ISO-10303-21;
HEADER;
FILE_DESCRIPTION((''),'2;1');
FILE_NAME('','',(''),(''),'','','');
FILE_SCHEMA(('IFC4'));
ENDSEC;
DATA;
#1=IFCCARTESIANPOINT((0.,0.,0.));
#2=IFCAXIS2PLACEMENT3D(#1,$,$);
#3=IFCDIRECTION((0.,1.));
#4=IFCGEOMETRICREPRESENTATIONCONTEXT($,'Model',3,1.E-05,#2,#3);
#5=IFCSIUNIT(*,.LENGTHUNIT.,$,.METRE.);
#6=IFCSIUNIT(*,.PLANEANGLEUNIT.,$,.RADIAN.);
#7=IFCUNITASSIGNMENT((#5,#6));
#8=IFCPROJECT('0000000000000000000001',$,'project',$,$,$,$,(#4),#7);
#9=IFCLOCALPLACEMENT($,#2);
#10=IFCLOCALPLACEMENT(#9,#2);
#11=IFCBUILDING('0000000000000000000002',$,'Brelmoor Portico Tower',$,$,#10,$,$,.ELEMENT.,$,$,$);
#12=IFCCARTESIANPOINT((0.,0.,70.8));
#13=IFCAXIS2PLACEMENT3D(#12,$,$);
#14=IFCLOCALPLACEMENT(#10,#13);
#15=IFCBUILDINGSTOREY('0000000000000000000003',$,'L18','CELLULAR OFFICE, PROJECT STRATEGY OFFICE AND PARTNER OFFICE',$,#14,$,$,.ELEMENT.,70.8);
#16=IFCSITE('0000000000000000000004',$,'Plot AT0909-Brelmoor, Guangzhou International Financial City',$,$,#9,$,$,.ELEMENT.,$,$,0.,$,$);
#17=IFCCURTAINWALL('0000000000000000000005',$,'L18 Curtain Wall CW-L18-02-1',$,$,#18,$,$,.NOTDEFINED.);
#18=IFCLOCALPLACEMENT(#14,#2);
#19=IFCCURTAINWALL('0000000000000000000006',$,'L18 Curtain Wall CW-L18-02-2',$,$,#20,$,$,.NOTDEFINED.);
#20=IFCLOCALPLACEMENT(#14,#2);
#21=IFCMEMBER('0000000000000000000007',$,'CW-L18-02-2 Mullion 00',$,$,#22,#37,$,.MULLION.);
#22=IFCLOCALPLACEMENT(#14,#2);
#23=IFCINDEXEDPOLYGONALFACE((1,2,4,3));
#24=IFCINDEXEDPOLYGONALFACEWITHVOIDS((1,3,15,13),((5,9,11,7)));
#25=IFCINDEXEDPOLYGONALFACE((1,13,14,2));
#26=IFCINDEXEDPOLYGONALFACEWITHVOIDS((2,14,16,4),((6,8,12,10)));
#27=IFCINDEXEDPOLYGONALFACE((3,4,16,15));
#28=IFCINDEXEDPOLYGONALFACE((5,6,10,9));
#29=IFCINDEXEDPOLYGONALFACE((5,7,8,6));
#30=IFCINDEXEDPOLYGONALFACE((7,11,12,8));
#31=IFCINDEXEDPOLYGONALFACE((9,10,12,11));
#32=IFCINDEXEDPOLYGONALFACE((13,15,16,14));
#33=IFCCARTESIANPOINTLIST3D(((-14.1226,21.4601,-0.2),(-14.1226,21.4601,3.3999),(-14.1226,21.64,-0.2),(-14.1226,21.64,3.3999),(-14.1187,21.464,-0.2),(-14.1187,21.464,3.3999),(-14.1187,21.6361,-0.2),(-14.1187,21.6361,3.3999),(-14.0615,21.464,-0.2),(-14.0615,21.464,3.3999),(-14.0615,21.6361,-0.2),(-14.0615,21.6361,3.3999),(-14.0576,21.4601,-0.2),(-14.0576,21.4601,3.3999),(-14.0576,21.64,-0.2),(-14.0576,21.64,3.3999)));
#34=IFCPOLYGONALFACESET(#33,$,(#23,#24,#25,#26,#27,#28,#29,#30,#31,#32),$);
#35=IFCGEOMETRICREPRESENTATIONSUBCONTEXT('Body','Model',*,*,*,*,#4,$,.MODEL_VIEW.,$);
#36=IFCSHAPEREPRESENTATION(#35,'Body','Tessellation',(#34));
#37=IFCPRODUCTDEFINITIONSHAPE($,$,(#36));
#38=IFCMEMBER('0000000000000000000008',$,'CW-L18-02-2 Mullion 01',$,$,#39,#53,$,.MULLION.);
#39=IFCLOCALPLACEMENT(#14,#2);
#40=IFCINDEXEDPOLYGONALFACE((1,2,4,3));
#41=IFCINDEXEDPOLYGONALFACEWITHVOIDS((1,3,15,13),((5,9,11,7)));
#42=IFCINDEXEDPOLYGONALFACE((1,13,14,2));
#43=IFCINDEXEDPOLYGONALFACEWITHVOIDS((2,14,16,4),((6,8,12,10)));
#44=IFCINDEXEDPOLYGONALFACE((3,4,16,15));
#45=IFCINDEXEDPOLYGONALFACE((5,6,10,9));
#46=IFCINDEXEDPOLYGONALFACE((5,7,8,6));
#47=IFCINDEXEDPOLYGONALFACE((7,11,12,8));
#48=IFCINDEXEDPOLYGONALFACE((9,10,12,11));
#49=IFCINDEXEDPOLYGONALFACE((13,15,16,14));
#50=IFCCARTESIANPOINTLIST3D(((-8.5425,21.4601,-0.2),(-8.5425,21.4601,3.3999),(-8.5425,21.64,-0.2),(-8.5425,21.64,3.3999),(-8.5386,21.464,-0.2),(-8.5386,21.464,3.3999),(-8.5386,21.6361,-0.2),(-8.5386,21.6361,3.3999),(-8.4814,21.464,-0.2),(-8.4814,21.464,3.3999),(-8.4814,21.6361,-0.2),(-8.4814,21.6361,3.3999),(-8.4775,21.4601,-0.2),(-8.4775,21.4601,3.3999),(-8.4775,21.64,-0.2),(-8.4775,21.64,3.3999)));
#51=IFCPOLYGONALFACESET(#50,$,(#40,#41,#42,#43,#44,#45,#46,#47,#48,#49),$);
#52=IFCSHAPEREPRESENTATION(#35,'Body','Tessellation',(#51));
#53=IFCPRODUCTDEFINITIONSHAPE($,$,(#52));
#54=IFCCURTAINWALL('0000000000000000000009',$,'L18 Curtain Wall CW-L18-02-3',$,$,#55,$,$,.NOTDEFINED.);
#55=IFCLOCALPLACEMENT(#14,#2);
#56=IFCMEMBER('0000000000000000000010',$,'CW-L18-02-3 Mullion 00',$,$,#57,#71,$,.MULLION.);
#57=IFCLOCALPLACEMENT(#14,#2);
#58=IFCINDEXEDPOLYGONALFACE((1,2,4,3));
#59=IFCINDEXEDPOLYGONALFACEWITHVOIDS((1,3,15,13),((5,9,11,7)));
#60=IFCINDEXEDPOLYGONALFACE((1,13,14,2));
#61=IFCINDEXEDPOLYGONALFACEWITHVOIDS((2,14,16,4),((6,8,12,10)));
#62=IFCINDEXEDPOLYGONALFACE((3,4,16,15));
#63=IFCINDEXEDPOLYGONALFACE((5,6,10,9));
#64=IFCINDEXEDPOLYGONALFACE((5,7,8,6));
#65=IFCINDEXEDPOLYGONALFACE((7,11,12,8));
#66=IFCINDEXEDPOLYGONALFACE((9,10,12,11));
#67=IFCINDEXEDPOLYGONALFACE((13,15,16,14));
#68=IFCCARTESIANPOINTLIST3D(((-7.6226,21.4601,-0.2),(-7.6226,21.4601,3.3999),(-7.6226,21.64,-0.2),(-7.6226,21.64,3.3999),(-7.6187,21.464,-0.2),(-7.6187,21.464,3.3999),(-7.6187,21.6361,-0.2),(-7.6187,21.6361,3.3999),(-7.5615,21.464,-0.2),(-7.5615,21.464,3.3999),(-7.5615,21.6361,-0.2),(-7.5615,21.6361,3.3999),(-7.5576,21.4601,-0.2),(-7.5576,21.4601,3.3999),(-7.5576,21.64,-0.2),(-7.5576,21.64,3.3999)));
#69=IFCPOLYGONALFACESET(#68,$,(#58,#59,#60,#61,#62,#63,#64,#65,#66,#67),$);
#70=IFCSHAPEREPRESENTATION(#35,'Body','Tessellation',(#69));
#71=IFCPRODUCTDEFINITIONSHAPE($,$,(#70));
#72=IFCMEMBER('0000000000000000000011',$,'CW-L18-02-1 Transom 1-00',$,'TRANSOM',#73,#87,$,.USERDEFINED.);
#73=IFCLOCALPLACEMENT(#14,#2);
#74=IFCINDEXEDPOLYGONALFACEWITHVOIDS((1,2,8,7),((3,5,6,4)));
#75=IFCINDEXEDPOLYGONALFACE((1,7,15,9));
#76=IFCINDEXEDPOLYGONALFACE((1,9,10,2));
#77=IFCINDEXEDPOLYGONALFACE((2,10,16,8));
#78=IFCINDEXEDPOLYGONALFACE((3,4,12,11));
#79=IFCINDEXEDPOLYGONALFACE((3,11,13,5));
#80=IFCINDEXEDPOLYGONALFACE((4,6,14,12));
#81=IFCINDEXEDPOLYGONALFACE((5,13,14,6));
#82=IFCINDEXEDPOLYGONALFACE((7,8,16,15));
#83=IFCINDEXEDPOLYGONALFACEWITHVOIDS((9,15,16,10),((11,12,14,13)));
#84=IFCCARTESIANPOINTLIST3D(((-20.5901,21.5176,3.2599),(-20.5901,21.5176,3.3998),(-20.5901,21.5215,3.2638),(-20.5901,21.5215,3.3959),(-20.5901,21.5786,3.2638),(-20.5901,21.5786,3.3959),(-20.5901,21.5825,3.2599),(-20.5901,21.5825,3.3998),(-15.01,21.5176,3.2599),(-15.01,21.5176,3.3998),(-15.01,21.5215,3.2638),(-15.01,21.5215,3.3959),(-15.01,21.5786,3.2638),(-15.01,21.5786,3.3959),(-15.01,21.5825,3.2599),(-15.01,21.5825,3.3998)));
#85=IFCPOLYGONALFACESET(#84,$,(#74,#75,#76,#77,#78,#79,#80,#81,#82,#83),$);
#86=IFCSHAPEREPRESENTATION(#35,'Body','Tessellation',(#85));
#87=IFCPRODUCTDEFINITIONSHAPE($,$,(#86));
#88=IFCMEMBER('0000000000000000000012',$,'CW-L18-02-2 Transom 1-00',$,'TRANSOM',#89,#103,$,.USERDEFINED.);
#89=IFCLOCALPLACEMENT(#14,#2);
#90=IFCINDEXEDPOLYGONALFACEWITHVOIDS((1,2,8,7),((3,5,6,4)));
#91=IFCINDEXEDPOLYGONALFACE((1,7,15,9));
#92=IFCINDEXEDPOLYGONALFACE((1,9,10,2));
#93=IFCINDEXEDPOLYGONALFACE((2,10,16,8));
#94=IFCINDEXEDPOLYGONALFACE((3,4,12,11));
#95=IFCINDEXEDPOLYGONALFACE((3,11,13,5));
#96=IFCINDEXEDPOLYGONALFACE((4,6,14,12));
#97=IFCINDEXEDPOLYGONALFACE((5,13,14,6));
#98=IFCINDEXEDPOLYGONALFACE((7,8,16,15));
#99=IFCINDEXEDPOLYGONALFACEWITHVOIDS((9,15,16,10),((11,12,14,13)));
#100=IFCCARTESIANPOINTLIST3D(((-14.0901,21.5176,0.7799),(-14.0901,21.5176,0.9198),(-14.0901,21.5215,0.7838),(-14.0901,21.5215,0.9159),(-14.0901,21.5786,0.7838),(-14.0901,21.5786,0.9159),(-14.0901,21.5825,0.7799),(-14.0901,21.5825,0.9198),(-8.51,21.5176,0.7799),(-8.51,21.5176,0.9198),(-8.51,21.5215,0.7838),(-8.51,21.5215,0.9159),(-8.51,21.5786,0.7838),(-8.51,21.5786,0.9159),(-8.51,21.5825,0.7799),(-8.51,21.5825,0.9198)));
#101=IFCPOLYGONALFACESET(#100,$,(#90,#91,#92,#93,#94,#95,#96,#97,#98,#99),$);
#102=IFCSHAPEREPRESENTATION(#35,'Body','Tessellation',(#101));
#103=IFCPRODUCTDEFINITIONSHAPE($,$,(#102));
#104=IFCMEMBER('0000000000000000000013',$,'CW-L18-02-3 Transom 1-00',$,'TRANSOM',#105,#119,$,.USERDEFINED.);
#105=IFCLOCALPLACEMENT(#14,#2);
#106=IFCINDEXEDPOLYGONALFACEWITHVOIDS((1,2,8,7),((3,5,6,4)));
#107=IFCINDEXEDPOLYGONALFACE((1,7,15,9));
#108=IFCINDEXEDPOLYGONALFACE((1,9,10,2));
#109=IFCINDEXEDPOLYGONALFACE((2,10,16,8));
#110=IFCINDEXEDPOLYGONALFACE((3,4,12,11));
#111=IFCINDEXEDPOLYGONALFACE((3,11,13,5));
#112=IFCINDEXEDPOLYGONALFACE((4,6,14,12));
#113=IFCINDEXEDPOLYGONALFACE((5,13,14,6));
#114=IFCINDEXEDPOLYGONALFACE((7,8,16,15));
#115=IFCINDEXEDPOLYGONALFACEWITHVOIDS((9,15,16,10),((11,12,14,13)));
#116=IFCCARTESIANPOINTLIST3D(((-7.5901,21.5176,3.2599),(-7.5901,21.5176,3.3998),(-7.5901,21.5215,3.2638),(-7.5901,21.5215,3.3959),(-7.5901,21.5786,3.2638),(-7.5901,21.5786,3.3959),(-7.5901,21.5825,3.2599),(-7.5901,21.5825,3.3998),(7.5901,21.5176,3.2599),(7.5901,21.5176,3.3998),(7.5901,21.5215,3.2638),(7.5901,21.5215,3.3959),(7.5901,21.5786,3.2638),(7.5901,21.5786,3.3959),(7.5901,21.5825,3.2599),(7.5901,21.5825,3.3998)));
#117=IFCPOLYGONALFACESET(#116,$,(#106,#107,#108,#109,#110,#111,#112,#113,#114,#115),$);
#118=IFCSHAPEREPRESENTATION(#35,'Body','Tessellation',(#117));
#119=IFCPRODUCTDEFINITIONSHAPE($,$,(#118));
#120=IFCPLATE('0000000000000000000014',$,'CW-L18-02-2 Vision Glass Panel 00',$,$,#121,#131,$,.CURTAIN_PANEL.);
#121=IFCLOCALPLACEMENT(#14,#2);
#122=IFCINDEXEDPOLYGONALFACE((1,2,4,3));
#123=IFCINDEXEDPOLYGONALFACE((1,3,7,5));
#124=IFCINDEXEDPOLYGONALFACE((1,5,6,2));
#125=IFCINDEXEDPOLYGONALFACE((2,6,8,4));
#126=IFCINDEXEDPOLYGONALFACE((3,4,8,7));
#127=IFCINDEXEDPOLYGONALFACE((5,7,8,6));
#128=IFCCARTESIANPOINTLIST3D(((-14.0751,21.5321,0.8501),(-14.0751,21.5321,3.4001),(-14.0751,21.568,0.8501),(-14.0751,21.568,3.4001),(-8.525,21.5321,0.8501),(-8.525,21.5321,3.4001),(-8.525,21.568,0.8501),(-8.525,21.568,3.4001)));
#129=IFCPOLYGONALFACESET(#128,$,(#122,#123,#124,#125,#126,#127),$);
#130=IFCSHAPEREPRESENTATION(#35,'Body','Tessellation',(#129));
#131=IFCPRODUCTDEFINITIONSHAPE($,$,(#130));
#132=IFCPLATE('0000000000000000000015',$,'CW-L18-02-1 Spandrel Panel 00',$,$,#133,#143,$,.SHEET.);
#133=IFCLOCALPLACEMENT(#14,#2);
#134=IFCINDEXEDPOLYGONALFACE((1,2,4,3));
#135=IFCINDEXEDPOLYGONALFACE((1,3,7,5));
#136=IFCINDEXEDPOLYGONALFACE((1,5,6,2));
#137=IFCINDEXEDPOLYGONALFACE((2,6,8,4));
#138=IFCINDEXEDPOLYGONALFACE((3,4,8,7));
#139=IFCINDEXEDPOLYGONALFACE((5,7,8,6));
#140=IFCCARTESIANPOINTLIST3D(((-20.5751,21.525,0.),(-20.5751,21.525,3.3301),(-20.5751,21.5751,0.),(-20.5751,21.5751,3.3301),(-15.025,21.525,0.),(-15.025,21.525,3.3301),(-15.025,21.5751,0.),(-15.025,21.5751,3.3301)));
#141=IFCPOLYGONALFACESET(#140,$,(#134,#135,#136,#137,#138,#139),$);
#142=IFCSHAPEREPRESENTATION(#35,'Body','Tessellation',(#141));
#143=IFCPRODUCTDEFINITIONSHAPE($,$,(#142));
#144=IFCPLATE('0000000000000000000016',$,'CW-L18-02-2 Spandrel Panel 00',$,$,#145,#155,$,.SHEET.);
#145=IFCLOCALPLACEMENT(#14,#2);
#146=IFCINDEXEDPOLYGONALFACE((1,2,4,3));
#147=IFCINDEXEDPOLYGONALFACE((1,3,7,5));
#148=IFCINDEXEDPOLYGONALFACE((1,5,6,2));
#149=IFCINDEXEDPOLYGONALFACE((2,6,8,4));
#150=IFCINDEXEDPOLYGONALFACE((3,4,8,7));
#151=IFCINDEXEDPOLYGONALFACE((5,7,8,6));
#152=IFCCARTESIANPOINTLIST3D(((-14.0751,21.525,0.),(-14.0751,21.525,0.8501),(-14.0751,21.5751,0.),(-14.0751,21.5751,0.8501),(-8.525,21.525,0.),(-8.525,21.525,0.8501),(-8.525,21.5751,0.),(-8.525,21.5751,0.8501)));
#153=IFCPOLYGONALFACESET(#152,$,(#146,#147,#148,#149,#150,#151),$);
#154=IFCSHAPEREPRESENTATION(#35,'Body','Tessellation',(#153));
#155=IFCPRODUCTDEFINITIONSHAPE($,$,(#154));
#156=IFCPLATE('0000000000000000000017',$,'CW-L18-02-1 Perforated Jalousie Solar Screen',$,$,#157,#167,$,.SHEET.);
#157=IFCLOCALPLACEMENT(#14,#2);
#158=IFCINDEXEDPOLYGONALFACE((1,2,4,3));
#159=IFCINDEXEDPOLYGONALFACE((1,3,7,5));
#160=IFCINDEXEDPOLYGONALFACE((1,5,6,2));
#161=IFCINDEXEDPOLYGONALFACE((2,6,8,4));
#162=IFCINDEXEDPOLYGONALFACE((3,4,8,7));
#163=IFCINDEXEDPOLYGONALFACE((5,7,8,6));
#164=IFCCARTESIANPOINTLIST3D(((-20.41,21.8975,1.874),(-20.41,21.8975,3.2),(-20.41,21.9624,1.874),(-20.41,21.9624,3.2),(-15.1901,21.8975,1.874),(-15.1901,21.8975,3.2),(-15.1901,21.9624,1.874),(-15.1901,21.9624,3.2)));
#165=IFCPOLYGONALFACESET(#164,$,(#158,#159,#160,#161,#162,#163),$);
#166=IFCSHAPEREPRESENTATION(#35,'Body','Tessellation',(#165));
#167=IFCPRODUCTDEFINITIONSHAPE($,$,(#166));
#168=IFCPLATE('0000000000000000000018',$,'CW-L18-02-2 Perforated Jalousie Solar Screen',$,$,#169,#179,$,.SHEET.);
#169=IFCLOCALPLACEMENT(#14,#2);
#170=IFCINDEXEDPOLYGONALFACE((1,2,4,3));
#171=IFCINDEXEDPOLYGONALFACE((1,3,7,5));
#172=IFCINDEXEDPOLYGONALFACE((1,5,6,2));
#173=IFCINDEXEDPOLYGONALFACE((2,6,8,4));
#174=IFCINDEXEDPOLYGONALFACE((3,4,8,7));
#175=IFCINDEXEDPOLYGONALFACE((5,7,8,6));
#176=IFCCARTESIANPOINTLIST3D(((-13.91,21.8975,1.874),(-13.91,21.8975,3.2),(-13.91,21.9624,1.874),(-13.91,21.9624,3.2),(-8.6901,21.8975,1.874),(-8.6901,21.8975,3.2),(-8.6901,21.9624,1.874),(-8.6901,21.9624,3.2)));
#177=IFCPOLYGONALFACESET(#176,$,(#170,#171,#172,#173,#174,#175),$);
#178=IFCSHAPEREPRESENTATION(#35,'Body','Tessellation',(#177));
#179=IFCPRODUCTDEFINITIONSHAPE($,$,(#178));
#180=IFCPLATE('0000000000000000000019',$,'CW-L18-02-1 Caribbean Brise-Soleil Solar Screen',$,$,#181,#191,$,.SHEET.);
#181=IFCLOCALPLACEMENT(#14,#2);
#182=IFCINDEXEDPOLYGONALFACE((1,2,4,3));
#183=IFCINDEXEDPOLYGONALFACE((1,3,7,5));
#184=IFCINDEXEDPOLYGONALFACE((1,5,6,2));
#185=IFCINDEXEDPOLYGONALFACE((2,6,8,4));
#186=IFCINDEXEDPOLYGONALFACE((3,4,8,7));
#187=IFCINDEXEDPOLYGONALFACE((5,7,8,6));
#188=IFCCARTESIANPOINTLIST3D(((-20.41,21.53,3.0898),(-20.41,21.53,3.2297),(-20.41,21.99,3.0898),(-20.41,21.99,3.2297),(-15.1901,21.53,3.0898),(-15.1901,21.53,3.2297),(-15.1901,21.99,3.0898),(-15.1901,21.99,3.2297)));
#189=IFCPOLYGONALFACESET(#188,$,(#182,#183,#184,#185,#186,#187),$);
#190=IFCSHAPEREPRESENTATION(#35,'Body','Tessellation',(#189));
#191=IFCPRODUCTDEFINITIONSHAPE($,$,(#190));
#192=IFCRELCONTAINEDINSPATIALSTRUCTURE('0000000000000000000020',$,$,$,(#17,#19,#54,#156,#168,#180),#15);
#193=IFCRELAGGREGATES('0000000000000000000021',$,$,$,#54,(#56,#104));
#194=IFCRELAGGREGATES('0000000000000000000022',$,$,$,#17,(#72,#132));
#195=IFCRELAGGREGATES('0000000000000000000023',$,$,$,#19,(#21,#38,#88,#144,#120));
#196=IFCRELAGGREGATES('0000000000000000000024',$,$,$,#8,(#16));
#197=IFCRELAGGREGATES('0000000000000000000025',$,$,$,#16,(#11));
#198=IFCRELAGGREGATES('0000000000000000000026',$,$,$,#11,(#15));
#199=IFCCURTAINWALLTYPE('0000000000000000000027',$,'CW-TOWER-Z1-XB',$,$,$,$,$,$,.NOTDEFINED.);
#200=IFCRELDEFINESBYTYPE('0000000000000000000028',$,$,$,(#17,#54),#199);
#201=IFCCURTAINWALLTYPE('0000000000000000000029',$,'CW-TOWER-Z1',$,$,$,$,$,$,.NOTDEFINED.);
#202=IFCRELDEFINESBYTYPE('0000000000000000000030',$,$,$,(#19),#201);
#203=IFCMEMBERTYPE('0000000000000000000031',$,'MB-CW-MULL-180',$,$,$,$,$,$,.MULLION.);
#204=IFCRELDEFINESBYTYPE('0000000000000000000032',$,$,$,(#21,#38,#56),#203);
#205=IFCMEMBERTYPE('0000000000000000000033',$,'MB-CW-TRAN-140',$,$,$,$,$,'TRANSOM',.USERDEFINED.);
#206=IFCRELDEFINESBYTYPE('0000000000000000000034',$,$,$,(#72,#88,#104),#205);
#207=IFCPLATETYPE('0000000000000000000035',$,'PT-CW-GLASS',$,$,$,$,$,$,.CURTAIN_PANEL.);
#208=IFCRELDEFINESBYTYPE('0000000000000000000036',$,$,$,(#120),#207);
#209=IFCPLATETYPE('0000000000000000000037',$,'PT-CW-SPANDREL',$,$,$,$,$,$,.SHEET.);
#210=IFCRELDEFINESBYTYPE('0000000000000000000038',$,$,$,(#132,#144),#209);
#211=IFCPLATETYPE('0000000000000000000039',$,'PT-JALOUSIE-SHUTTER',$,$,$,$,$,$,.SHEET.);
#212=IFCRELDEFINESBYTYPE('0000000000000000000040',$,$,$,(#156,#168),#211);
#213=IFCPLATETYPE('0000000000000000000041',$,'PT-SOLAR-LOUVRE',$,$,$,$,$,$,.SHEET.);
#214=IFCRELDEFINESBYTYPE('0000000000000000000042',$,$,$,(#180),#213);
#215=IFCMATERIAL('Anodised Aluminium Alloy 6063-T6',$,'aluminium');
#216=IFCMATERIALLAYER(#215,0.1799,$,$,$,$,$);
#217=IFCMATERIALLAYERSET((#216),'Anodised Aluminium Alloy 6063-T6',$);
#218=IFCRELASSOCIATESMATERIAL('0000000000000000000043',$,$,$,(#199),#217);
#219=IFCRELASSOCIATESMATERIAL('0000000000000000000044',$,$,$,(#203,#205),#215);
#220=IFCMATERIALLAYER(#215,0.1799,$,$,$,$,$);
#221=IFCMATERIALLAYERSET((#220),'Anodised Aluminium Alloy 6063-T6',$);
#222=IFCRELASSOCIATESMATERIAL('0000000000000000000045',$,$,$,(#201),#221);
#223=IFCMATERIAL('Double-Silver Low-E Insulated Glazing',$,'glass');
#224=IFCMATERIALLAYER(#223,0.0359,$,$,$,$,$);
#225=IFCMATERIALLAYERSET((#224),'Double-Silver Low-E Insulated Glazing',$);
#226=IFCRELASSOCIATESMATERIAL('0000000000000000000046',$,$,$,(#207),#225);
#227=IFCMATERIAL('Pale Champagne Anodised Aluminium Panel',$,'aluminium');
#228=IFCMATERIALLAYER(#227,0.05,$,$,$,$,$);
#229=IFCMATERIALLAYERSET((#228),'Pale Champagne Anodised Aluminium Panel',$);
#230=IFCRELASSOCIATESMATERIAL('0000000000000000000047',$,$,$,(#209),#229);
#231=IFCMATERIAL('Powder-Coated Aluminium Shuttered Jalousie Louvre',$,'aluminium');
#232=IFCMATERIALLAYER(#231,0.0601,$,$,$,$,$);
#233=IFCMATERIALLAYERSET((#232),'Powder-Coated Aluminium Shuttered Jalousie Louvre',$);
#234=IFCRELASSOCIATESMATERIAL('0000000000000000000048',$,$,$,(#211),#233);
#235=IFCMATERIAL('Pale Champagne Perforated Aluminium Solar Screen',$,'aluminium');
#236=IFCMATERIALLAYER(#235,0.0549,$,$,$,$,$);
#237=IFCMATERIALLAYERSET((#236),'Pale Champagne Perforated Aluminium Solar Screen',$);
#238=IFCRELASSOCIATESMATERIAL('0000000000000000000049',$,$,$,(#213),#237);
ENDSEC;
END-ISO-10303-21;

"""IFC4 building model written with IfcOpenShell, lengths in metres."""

from ifc_helpers import new_model, si_unit, direction, frame, origin, origin_2d, place, context, subcontext, project, spatial, rectangle, hollow_rectangle, extrude, material, layer, layer_set, material_profile, profile_set, type_object, element, aggregate, save


model = new_model("IFC4")

# Units and contexts
model_context = context("Model", 3, precision=1e-05, world=origin(), true_north=direction((0.0, 1.0)))
body_context = subcontext(model_context, "Body", "Model", "MODEL_VIEW")
ifc_project = project(units=[si_unit("LENGTHUNIT", "METRE"), si_unit("PLANEANGLEUNIT", "RADIAN")], contexts=[model_context])

# Site, building, storey
site_placement = place(None, origin())
site = spatial("IfcSite", under=ifc_project, at=site_placement, Name="Plot AT0909-Brelmoor, Guangzhou International Financial City", CompositionType="ELEMENT", RefElevation=0.0)
building_placement = place(site_placement, origin())
building = spatial("IfcBuilding", under=site, at=building_placement, Name="Brelmoor Portico Tower", CompositionType="ELEMENT")
storey_placement = place(building_placement, frame((0.0, 0.0, 70.8)))
storey = spatial("IfcBuildingStorey", under=building, at=storey_placement, Name="L18", Description="CELLULAR OFFICE, PROJECT STRATEGY OFFICE AND PARTNER OFFICE", CompositionType="ELEMENT", Elevation=70.8)

# Curtain wall
ifc_material_1 = material(Name="Anodised Aluminium Alloy 6063-T6", Category="aluminium")
ifc_layer_1 = layer(ifc_material_1, 0.1799)
ifc_layer_set_1 = layer_set([ifc_layer_1], Name="Anodised Aluminium Alloy 6063-T6")
curtain_wall_type_1 = type_object("IfcCurtainWallType", Name="CW-TOWER-Z1-XB", PredefinedType="NOTDEFINED", material=ifc_layer_set_1)
curtain_wall_1_placement = place(storey_placement, origin())
curtain_wall_1 = element("IfcCurtainWall", 1, at=curtain_wall_1_placement, inside=storey, type_object=curtain_wall_type_1, Name="L18 Curtain Wall CW-L18-02-1", PredefinedType="NOTDEFINED")
ifc_material_profile_1 = material_profile(ifc_material_1, hollow_rectangle(XDim=0.0649, YDim=0.1799, WallThickness=0.0039, at=origin_2d()), Name="ALU MULLION 65x180")
ifc_profile_set_1 = profile_set([ifc_material_profile_1], Name="Anodised Aluminium Alloy 6063-T6")
member_type_1 = type_object("IfcMemberType", Name="MB-CW-MULL-180", PredefinedType="MULLION", material=ifc_profile_set_1)

# Curtain wall, members
ifc_layer_2 = layer(ifc_material_1, 0.1799)
ifc_layer_set_2 = layer_set([ifc_layer_2], Name="Anodised Aluminium Alloy 6063-T6")
curtain_wall_type_2 = type_object("IfcCurtainWallType", Name="CW-TOWER-Z1", PredefinedType="NOTDEFINED", material=ifc_layer_set_2)
curtain_wall_2_placement = place(storey_placement, origin())
curtain_wall_2 = element("IfcCurtainWall", 2, at=curtain_wall_2_placement, inside=storey, type_object=curtain_wall_type_2, Name="L18 Curtain Wall CW-L18-02-2", PredefinedType="NOTDEFINED")
member_1_placement = place(storey_placement, frame((-14.0901, 21.55, -0.2), z_axis=(0.0, 0.0, 1.0), x_axis=(1.0, 0.0, 0.0)))
member_1 = element("IfcMember", 3, at=member_1_placement, type_object=member_type_1, Name="CW-L18-02-2 Mullion 00", PredefinedType="MULLION", context=body_context, shape_type="SweptSolid", body=[
    extrude(hollow_rectangle(XDim=0.0649, YDim=0.1799, WallThickness=0.0039, at=origin_2d()), origin(), (0.0, 0.0, 1.0), 3.5999),
])
member_2_placement = place(storey_placement, frame((-8.51, 21.55, -0.2), z_axis=(0.0, 0.0, 1.0), x_axis=(1.0, 0.0, 0.0)))
member_2 = element("IfcMember", 4, at=member_2_placement, type_object=member_type_1, Name="CW-L18-02-2 Mullion 01", PredefinedType="MULLION", context=body_context, shape_type="SweptSolid", body=[
    extrude(hollow_rectangle(XDim=0.0649, YDim=0.1799, WallThickness=0.0039, at=origin_2d()), origin(), (0.0, 0.0, 1.0), 3.5999),
])

# Curtain wall, member
curtain_wall_3_placement = place(storey_placement, origin())
curtain_wall_3 = element("IfcCurtainWall", 5, at=curtain_wall_3_placement, inside=storey, type_object=curtain_wall_type_1, Name="L18 Curtain Wall CW-L18-02-3", PredefinedType="NOTDEFINED")
member_3_placement = place(storey_placement, frame((-7.5901, 21.55, -0.2), z_axis=(0.0, 0.0, 1.0), x_axis=(1.0, 0.0, 0.0)))
member_3 = element("IfcMember", 6, at=member_3_placement, type_object=member_type_1, Name="CW-L18-02-3 Mullion 00", PredefinedType="MULLION", context=body_context, shape_type="SweptSolid", body=[
    extrude(hollow_rectangle(XDim=0.0649, YDim=0.1799, WallThickness=0.0039, at=origin_2d()), origin(), (0.0, 0.0, 1.0), 3.5999),
])

# Members
ifc_material_profile_2 = material_profile(ifc_material_1, hollow_rectangle(XDim=0.0649, YDim=0.1399, WallThickness=0.0039, at=origin_2d()), Name="ALU TRANSOM 65x140")
ifc_profile_set_2 = profile_set([ifc_material_profile_2], Name="Anodised Aluminium Alloy 6063-T6")
member_type_2 = type_object("IfcMemberType", Name="MB-CW-TRAN-140", ElementType="TRANSOM", PredefinedType="USERDEFINED", material=ifc_profile_set_2)
member_4_placement = place(storey_placement, frame((-20.5901, 21.55, 3.3298), z_axis=(1.0, 0.0, 0.0), x_axis=(0.0, 1.0, 0.0)))
member_4 = element("IfcMember", 7, at=member_4_placement, type_object=member_type_2, Name="CW-L18-02-1 Transom 1-00", ObjectType="TRANSOM", PredefinedType="USERDEFINED", context=body_context, shape_type="SweptSolid", body=[
    extrude(hollow_rectangle(XDim=0.0649, YDim=0.1399, WallThickness=0.0039, at=origin_2d()), origin(), (0.0, 0.0, 1.0), 5.5801),
])
member_5_placement = place(storey_placement, frame((-14.0901, 21.55, 0.8499), z_axis=(1.0, 0.0, 0.0), x_axis=(0.0, 1.0, 0.0)))
member_5 = element("IfcMember", 8, at=member_5_placement, type_object=member_type_2, Name="CW-L18-02-2 Transom 1-00", ObjectType="TRANSOM", PredefinedType="USERDEFINED", context=body_context, shape_type="SweptSolid", body=[
    extrude(hollow_rectangle(XDim=0.0649, YDim=0.1399, WallThickness=0.0039, at=origin_2d()), origin(), (0.0, 0.0, 1.0), 5.5801),
])
member_6_placement = place(storey_placement, frame((-7.5901, 21.55, 3.3298), z_axis=(1.0, 0.0, 0.0), x_axis=(0.0, 1.0, 0.0)))
member_6 = element("IfcMember", 9, at=member_6_placement, type_object=member_type_2, Name="CW-L18-02-3 Transom 1-00", ObjectType="TRANSOM", PredefinedType="USERDEFINED", context=body_context, shape_type="SweptSolid", body=[
    extrude(hollow_rectangle(XDim=0.0649, YDim=0.1399, WallThickness=0.0039, at=origin_2d()), origin(), (0.0, 0.0, 1.0), 15.1802),
])
aggregate(curtain_wall_3, [member_3, member_6])

# Plates
ifc_material_2 = material(Name="Double-Silver Low-E Insulated Glazing", Category="glass")
ifc_layer_3 = layer(ifc_material_2, 0.0359)
ifc_layer_set_3 = layer_set([ifc_layer_3], Name="Double-Silver Low-E Insulated Glazing")
plate_type_1 = type_object("IfcPlateType", Name="PT-CW-GLASS", PredefinedType="CURTAIN_PANEL", material=ifc_layer_set_3)
plate_1_placement = place(storey_placement, frame((-11.3, 21.55, 0.8501), z_axis=(0.0, 0.0, 1.0), x_axis=(1.0, 0.0, 0.0)))
plate_1 = element("IfcPlate", 10, at=plate_1_placement, type_object=plate_type_1, Name="CW-L18-02-2 Vision Glass Panel 00", PredefinedType="CURTAIN_PANEL", context=body_context, shape_type="SweptSolid", body=[
    extrude(rectangle(XDim=5.55, YDim=0.0359, at=origin_2d()), origin(), (0.0, 0.0, 1.0), 2.55),
])
ifc_material_3 = material(Name="Pale Champagne Anodised Aluminium Panel", Category="aluminium")
ifc_layer_4 = layer(ifc_material_3, 0.05)
ifc_layer_set_4 = layer_set([ifc_layer_4], Name="Pale Champagne Anodised Aluminium Panel")
plate_type_2 = type_object("IfcPlateType", Name="PT-CW-SPANDREL", PredefinedType="SHEET", material=ifc_layer_set_4)
plate_2_placement = place(storey_placement, frame((-17.8, 21.55, 0.0), z_axis=(0.0, 0.0, 1.0), x_axis=(1.0, 0.0, 0.0)))
plate_2 = element("IfcPlate", 11, at=plate_2_placement, type_object=plate_type_2, Name="CW-L18-02-1 Spandrel Panel 00", PredefinedType="SHEET", context=body_context, shape_type="SweptSolid", body=[
    extrude(rectangle(XDim=5.55, YDim=0.05, at=origin_2d()), origin(), (0.0, 0.0, 1.0), 3.3301),
])
aggregate(curtain_wall_1, [member_4, plate_2])
plate_3_placement = place(storey_placement, frame((-11.3, 21.55, 0.0), z_axis=(0.0, 0.0, 1.0), x_axis=(1.0, 0.0, 0.0)))
plate_3 = element("IfcPlate", 12, at=plate_3_placement, type_object=plate_type_2, Name="CW-L18-02-2 Spandrel Panel 00", PredefinedType="SHEET", context=body_context, shape_type="SweptSolid", body=[
    extrude(rectangle(XDim=5.55, YDim=0.05, at=origin_2d()), origin(), (0.0, 0.0, 1.0), 0.8501),
])
aggregate(curtain_wall_2, [member_1, member_2, member_5, plate_3, plate_1])

# Plates
ifc_material_4 = material(Name="Powder-Coated Aluminium Shuttered Jalousie Louvre", Category="aluminium")
ifc_layer_5 = layer(ifc_material_4, 0.0601)
ifc_layer_set_5 = layer_set([ifc_layer_5], Name="Powder-Coated Aluminium Shuttered Jalousie Louvre")
plate_type_3 = type_object("IfcPlateType", Name="PT-JALOUSIE-SHUTTER", PredefinedType="SHEET", material=ifc_layer_set_5)
for number, where, z_axis, x_axis, name in (
    (13, (-17.8, 21.9299, 1.874), (0.0, 0.0, 1.0), (1.0, 0.0, 0.0), "CW-L18-02-1 Perforated Jalousie Solar Screen"),
    (14, (-11.3, 21.9299, 1.874), (0.0, 0.0, 1.0), (1.0, 0.0, 0.0), "CW-L18-02-2 Perforated Jalousie Solar Screen"),
):
    element("IfcPlate", number, at=place(storey_placement, frame(where, z_axis=z_axis, x_axis=x_axis)), inside=storey, type_object=plate_type_3, Name=name, PredefinedType="SHEET", context=body_context, shape_type="SweptSolid", body=[
        extrude(rectangle(XDim=5.22, YDim=0.0649, at=origin_2d()), origin(), (0.0, 0.0, 1.0), 1.3259),
    ])
ifc_material_5 = material(Name="Pale Champagne Perforated Aluminium Solar Screen", Category="aluminium")
ifc_layer_6 = layer(ifc_material_5, 0.0549)
ifc_layer_set_6 = layer_set([ifc_layer_6], Name="Pale Champagne Perforated Aluminium Solar Screen")
plate_type_4 = type_object("IfcPlateType", Name="PT-SOLAR-LOUVRE", PredefinedType="SHEET", material=ifc_layer_set_6)
for number, where, z_axis, x_axis, name in (
    (15, (-17.8, 21.76, 3.0898), (0.0, 0.0, 1.0), (1.0, 0.0, 0.0), "CW-L18-02-1 Caribbean Brise-Soleil Solar Screen"),
):
    element("IfcPlate", number, at=place(storey_placement, frame(where, z_axis=z_axis, x_axis=x_axis)), inside=storey, type_object=plate_type_4, Name=name, PredefinedType="SHEET", context=body_context, shape_type="SweptSolid", body=[
        extrude(rectangle(XDim=5.22, YDim=0.46, at=origin_2d()), origin(), (0.0, 0.0, 1.0), 0.1399),
    ])

save(model, "model.ifc")
